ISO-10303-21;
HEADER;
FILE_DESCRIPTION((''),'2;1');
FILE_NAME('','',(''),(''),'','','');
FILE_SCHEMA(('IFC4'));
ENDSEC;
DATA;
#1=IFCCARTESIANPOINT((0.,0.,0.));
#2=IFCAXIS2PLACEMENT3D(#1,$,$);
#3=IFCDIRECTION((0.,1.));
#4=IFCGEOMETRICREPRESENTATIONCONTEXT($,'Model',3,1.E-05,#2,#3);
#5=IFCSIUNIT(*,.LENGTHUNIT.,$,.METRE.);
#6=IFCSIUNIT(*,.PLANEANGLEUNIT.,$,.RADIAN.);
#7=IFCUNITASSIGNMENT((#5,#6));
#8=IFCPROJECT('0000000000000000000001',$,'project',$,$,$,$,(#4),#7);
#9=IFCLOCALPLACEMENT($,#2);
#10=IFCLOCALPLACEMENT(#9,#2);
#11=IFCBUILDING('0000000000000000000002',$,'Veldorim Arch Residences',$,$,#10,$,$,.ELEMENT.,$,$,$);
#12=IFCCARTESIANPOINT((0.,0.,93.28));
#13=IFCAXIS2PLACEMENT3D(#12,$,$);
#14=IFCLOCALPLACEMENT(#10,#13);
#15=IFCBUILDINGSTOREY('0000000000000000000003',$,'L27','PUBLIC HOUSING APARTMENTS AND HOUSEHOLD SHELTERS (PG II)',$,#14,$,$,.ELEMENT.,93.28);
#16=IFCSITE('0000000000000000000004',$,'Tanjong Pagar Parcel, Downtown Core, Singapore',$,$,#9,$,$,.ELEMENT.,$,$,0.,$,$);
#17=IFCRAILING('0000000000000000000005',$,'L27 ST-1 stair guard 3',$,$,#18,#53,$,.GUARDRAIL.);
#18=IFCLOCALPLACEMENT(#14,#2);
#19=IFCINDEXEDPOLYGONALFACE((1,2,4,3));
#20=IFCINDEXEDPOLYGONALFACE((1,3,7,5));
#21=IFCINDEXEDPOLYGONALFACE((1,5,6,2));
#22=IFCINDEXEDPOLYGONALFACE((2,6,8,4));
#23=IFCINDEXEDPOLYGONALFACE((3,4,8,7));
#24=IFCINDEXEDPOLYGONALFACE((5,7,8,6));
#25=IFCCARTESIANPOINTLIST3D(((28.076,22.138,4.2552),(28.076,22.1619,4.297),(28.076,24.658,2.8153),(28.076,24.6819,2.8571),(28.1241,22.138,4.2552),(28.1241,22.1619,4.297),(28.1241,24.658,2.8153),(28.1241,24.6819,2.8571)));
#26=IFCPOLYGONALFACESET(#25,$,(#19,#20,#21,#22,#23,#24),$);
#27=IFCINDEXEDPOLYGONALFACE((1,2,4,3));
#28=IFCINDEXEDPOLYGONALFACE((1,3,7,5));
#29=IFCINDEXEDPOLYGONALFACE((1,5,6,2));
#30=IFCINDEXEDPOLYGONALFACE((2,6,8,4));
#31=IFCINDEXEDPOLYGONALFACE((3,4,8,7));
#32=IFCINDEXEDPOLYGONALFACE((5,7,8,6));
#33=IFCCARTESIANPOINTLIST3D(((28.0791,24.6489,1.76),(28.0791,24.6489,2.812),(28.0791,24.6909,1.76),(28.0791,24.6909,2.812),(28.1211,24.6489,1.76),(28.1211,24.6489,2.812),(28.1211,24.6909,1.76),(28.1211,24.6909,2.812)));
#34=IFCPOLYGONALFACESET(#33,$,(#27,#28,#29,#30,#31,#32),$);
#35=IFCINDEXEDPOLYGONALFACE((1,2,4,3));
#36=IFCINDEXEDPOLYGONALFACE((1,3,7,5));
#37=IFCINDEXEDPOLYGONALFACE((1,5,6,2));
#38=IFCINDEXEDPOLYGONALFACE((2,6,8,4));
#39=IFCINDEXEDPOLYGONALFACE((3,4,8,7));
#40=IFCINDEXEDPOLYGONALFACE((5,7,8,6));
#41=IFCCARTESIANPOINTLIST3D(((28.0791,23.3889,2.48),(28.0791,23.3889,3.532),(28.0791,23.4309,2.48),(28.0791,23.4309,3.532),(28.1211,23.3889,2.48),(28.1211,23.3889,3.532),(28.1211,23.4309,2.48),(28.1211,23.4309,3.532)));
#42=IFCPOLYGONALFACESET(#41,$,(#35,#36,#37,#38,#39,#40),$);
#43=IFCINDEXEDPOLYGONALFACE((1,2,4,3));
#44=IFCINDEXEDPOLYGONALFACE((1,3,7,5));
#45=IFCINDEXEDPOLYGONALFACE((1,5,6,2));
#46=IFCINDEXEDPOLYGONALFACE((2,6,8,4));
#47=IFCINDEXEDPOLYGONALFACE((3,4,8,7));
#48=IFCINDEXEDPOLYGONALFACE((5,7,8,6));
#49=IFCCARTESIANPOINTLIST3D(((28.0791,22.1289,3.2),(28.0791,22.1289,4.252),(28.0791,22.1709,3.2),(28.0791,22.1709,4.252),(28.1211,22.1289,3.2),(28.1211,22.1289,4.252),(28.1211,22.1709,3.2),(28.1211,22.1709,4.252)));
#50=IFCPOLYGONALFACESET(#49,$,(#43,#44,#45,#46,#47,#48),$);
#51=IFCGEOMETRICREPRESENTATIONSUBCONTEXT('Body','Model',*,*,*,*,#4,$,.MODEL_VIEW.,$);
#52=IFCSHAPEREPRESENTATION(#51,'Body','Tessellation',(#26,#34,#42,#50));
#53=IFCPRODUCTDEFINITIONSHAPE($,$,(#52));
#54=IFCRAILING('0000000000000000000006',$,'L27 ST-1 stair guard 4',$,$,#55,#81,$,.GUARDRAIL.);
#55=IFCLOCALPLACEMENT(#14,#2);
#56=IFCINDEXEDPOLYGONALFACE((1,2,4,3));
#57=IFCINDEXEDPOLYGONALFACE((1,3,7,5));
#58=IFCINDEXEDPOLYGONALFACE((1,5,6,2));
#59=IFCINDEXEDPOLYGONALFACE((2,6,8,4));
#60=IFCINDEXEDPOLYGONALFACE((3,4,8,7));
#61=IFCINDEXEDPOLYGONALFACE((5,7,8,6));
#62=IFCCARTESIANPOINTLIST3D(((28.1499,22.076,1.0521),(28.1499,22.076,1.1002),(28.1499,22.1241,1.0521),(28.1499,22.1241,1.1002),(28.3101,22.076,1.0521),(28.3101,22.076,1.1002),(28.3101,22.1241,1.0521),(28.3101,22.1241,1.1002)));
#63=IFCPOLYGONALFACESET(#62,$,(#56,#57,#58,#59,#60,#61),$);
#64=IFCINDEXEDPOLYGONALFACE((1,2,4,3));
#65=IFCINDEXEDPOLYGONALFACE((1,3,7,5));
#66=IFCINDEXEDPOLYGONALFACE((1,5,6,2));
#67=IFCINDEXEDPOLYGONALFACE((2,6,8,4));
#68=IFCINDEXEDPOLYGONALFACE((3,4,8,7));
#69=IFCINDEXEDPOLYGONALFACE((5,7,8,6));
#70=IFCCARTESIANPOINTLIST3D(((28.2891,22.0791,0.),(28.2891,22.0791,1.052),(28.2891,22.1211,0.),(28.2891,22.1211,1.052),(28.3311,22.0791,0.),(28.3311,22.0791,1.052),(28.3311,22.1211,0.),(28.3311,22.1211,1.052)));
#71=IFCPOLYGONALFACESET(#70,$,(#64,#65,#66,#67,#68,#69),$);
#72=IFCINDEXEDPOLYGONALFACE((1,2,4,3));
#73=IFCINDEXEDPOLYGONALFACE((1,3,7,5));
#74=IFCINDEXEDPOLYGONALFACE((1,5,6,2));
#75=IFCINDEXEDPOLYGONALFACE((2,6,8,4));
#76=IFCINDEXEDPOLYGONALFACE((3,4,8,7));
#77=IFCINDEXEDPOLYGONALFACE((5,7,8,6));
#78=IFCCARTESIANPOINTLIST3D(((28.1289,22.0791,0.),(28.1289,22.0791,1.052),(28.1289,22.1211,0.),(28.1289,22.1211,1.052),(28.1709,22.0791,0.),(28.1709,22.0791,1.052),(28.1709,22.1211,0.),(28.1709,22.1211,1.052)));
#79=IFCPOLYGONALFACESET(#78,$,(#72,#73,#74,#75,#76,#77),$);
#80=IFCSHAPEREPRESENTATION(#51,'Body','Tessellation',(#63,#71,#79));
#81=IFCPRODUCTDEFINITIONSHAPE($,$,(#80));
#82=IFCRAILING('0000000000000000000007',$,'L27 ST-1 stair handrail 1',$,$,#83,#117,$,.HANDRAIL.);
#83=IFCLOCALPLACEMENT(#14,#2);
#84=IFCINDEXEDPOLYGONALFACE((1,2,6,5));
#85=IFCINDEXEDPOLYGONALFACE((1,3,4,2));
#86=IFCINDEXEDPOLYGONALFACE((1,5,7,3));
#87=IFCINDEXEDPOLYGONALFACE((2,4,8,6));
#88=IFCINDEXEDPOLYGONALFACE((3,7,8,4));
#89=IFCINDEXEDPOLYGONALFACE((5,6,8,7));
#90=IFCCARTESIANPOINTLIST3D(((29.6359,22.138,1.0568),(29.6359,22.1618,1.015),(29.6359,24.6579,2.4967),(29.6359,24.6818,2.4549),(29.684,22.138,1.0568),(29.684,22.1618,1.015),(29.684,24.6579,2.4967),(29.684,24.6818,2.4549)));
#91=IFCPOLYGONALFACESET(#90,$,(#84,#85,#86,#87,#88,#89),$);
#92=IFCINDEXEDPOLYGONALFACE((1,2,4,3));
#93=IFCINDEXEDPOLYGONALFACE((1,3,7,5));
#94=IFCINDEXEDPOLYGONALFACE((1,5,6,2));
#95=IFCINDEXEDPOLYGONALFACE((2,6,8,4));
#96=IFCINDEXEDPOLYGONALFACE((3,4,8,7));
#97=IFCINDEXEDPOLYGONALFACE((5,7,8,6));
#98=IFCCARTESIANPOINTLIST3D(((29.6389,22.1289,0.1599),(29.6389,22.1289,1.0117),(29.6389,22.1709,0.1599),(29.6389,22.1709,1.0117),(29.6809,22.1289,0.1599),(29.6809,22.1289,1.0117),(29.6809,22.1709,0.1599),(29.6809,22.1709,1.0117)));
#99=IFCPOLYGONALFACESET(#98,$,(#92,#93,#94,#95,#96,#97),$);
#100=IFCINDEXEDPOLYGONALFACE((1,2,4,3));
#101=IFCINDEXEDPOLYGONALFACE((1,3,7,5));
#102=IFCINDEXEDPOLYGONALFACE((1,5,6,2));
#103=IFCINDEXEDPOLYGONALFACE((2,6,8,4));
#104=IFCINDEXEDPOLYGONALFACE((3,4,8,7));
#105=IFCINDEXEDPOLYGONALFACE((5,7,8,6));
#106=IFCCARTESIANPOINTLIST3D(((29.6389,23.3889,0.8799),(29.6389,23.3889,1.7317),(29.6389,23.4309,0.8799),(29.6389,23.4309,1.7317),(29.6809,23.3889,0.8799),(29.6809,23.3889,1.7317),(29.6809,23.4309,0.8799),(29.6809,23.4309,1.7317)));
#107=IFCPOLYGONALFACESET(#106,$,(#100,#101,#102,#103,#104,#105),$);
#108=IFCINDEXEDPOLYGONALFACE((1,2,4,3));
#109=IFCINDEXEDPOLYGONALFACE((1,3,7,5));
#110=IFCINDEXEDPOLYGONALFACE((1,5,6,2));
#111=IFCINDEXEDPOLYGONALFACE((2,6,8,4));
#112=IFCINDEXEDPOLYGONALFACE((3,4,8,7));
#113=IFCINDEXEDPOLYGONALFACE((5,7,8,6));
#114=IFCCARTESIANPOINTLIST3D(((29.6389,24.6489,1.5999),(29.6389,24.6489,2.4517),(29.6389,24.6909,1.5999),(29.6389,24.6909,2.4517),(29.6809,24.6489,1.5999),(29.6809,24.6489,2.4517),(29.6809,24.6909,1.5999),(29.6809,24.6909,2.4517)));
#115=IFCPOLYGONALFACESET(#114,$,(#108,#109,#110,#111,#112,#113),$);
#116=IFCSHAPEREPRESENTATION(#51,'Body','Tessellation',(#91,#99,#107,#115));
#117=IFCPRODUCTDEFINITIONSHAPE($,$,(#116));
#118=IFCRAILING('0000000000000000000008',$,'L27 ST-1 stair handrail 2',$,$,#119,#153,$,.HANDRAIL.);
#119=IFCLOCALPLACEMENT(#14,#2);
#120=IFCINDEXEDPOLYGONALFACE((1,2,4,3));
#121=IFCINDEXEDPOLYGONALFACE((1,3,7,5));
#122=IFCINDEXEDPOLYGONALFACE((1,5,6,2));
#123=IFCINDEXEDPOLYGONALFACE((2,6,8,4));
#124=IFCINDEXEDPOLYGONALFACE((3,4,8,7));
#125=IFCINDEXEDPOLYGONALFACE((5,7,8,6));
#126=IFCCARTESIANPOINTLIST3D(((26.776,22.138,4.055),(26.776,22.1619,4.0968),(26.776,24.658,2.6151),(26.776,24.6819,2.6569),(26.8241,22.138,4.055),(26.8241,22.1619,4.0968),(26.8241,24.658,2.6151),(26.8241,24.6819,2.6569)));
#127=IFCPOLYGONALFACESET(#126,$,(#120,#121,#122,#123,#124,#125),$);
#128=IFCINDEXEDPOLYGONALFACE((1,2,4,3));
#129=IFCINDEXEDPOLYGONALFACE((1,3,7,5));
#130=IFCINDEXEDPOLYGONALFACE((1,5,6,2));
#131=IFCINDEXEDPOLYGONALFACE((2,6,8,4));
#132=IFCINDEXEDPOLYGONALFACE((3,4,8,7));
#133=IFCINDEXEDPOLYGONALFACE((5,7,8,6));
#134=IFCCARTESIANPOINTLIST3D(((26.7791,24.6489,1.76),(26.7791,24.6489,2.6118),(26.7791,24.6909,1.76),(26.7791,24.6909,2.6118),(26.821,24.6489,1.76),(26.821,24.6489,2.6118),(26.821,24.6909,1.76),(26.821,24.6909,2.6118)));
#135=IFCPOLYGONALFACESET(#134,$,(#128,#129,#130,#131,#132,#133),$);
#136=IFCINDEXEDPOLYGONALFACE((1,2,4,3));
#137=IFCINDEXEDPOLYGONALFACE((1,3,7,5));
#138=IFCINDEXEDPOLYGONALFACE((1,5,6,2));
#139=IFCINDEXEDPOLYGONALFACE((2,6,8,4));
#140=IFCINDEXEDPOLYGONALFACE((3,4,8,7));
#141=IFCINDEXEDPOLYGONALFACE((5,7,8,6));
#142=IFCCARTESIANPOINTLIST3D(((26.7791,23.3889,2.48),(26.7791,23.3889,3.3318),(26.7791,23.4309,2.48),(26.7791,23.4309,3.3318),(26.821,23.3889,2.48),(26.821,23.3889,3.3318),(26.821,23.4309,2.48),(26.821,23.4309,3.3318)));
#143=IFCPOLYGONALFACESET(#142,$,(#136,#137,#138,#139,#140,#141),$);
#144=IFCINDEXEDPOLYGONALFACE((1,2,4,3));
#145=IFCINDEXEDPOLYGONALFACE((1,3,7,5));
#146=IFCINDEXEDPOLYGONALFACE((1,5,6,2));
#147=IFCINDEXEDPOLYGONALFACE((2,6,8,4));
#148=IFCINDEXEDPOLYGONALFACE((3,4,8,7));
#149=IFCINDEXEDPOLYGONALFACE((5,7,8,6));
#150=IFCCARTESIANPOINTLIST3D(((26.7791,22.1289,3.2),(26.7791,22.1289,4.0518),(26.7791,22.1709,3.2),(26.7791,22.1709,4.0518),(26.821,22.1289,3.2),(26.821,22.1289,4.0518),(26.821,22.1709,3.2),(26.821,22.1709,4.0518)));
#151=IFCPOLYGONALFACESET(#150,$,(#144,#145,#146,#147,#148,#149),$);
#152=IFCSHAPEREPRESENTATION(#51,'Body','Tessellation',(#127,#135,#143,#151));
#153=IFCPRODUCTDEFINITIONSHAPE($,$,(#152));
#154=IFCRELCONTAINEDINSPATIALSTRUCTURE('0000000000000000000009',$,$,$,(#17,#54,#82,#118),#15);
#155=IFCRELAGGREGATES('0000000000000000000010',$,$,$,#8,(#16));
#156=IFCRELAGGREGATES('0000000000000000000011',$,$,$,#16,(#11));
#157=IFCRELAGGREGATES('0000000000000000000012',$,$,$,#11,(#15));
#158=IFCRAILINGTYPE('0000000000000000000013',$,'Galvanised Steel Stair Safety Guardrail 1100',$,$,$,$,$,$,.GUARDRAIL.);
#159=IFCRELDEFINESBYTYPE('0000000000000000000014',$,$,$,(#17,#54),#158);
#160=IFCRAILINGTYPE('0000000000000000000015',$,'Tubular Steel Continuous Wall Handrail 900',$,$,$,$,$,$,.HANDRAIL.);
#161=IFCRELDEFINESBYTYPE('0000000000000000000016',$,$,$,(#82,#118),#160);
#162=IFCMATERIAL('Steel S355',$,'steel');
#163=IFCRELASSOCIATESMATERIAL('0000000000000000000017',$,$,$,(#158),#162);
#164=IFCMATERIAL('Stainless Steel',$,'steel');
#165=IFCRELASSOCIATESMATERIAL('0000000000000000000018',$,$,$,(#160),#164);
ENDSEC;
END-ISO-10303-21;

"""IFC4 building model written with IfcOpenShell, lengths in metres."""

from ifc_helpers import new_model, si_unit, direction, frame, origin, origin_2d, place, context, subcontext, project, spatial, rectangle, extrude, material, type_object, element, save


model = new_model("IFC4")

# Units and contexts
model_context = context("Model", 3, precision=1e-05, world=origin(), true_north=direction((0.0, 1.0)))
body_context = subcontext(model_context, "Body", "Model", "MODEL_VIEW")
ifc_project = project(units=[si_unit("LENGTHUNIT", "METRE"), si_unit("PLANEANGLEUNIT", "RADIAN")], contexts=[model_context])

# Site, building, storey
site_placement = place(None, origin())
site = spatial("IfcSite", under=ifc_project, at=site_placement, Name="Tanjong Pagar Parcel, Downtown Core, Singapore", CompositionType="ELEMENT", RefElevation=0.0)
building_placement = place(site_placement, origin())
building = spatial("IfcBuilding", under=site, at=building_placement, Name="Veldorim Arch Residences", CompositionType="ELEMENT")
storey_placement = place(building_placement, frame((0.0, 0.0, 93.28)))
storey = spatial("IfcBuildingStorey", under=building, at=storey_placement, Name="L27", Description="PUBLIC HOUSING APARTMENTS AND HOUSEHOLD SHELTERS (PG II)", CompositionType="ELEMENT", Elevation=93.28)

# Railings
ifc_material_1 = material(Name="Steel S355", Category="steel")
railing_type_1 = type_object("IfcRailingType", Name="Galvanised Steel Stair Safety Guardrail 1100", PredefinedType="GUARDRAIL", material=ifc_material_1)
railing_1_placement = place(storey_placement, frame((28.1001, 24.6699, 1.76)))
element("IfcRailing", 1, at=railing_1_placement, inside=storey, type_object=railing_type_1, Name="L27 ST-1 stair guard 3", PredefinedType="GUARDRAIL", context=body_context, shape_type="SweptSolid", body=[
    extrude(rectangle(XDim=0.0481, YDim=0.0481, at=origin_2d()), frame((0.0, 0.0, 1.0762), z_axis=(0.0, -0.868253, 0.496121), x_axis=(1.0, 0.0, 0.0)), (0.0, 0.0, 1.0), 2.9023),
    extrude(rectangle(XDim=0.042, YDim=0.042, at=origin_2d()), origin(), (0.0, 0.0, 1.0), 1.052),
    extrude(rectangle(XDim=0.042, YDim=0.042, at=origin_2d()), frame((0.0, -1.26, 0.72)), (0.0, 0.0, 1.0), 1.052),
    extrude(rectangle(XDim=0.042, YDim=0.042, at=origin_2d()), frame((0.0, -2.52, 1.4399)), (0.0, 0.0, 1.0), 1.052),
])
railing_2_placement = place(storey_placement, frame((28.3101, 22.1001, 0.0)))
element("IfcRailing", 2, at=railing_2_placement, inside=storey, type_object=railing_type_1, Name="L27 ST-1 stair guard 4", PredefinedType="GUARDRAIL", context=body_context, shape_type="SweptSolid", body=[
    extrude(rectangle(XDim=0.0481, YDim=0.0481, at=origin_2d()), frame((0.0, 0.0, 1.0762), z_axis=(-1.0, 0.0, 0.0), x_axis=(0.0, -1.0, 0.0)), (0.0, 0.0, 1.0), 0.1602),
    extrude(rectangle(XDim=0.042, YDim=0.042, at=origin_2d()), origin(), (0.0, 0.0, 1.0), 1.052),
    extrude(rectangle(XDim=0.042, YDim=0.042, at=origin_2d()), frame((-0.1602, 0.0, 0.0)), (0.0, 0.0, 1.0), 1.052),
])
ifc_material_2 = material(Name="Stainless Steel", Category="steel")
railing_type_2 = type_object("IfcRailingType", Name="Tubular Steel Continuous Wall Handrail 900", PredefinedType="HANDRAIL", material=ifc_material_2)
railing_3_placement = place(storey_placement, frame((29.6599, 22.1499, 0.1599)))
element("IfcRailing", 3, at=railing_3_placement, inside=storey, type_object=railing_type_2, Name="L27 ST-1 stair handrail 1", PredefinedType="HANDRAIL", context=body_context, shape_type="SweptSolid", body=[
    extrude(rectangle(XDim=0.0481, YDim=0.0481, at=origin_2d()), frame((0.0, 0.0, 0.876), z_axis=(0.0, 0.868253, 0.496121), x_axis=(-1.0, 0.0, 0.0)), (0.0, 0.0, 1.0), 2.9023),
    extrude(rectangle(XDim=0.042, YDim=0.042, at=origin_2d()), origin(), (0.0, 0.0, 1.0), 0.8518),
    extrude(rectangle(XDim=0.042, YDim=0.042, at=origin_2d()), frame((0.0, 1.26, 0.72)), (0.0, 0.0, 1.0), 0.8518),
    extrude(rectangle(XDim=0.042, YDim=0.042, at=origin_2d()), frame((0.0, 2.52, 1.4399)), (0.0, 0.0, 1.0), 0.8518),
])
railing_4_placement = place(storey_placement, frame((26.8, 24.6699, 1.76)))
element("IfcRailing", 4, at=railing_4_placement, inside=storey, type_object=railing_type_2, Name="L27 ST-1 stair handrail 2", PredefinedType="HANDRAIL", context=body_context, shape_type="SweptSolid", body=[
    extrude(rectangle(XDim=0.0481, YDim=0.0481, at=origin_2d()), frame((0.0, 0.0, 0.876), z_axis=(0.0, -0.868253, 0.496121), x_axis=(1.0, 0.0, 0.0)), (0.0, 0.0, 1.0), 2.9023),
    extrude(rectangle(XDim=0.042, YDim=0.042, at=origin_2d()), origin(), (0.0, 0.0, 1.0), 0.8518),
    extrude(rectangle(XDim=0.042, YDim=0.042, at=origin_2d()), frame((0.0, -1.26, 0.72)), (0.0, 0.0, 1.0), 0.8518),
    extrude(rectangle(XDim=0.042, YDim=0.042, at=origin_2d()), frame((0.0, -2.52, 1.4399)), (0.0, 0.0, 1.0), 0.8518),
])

save(model, "model.ifc")
